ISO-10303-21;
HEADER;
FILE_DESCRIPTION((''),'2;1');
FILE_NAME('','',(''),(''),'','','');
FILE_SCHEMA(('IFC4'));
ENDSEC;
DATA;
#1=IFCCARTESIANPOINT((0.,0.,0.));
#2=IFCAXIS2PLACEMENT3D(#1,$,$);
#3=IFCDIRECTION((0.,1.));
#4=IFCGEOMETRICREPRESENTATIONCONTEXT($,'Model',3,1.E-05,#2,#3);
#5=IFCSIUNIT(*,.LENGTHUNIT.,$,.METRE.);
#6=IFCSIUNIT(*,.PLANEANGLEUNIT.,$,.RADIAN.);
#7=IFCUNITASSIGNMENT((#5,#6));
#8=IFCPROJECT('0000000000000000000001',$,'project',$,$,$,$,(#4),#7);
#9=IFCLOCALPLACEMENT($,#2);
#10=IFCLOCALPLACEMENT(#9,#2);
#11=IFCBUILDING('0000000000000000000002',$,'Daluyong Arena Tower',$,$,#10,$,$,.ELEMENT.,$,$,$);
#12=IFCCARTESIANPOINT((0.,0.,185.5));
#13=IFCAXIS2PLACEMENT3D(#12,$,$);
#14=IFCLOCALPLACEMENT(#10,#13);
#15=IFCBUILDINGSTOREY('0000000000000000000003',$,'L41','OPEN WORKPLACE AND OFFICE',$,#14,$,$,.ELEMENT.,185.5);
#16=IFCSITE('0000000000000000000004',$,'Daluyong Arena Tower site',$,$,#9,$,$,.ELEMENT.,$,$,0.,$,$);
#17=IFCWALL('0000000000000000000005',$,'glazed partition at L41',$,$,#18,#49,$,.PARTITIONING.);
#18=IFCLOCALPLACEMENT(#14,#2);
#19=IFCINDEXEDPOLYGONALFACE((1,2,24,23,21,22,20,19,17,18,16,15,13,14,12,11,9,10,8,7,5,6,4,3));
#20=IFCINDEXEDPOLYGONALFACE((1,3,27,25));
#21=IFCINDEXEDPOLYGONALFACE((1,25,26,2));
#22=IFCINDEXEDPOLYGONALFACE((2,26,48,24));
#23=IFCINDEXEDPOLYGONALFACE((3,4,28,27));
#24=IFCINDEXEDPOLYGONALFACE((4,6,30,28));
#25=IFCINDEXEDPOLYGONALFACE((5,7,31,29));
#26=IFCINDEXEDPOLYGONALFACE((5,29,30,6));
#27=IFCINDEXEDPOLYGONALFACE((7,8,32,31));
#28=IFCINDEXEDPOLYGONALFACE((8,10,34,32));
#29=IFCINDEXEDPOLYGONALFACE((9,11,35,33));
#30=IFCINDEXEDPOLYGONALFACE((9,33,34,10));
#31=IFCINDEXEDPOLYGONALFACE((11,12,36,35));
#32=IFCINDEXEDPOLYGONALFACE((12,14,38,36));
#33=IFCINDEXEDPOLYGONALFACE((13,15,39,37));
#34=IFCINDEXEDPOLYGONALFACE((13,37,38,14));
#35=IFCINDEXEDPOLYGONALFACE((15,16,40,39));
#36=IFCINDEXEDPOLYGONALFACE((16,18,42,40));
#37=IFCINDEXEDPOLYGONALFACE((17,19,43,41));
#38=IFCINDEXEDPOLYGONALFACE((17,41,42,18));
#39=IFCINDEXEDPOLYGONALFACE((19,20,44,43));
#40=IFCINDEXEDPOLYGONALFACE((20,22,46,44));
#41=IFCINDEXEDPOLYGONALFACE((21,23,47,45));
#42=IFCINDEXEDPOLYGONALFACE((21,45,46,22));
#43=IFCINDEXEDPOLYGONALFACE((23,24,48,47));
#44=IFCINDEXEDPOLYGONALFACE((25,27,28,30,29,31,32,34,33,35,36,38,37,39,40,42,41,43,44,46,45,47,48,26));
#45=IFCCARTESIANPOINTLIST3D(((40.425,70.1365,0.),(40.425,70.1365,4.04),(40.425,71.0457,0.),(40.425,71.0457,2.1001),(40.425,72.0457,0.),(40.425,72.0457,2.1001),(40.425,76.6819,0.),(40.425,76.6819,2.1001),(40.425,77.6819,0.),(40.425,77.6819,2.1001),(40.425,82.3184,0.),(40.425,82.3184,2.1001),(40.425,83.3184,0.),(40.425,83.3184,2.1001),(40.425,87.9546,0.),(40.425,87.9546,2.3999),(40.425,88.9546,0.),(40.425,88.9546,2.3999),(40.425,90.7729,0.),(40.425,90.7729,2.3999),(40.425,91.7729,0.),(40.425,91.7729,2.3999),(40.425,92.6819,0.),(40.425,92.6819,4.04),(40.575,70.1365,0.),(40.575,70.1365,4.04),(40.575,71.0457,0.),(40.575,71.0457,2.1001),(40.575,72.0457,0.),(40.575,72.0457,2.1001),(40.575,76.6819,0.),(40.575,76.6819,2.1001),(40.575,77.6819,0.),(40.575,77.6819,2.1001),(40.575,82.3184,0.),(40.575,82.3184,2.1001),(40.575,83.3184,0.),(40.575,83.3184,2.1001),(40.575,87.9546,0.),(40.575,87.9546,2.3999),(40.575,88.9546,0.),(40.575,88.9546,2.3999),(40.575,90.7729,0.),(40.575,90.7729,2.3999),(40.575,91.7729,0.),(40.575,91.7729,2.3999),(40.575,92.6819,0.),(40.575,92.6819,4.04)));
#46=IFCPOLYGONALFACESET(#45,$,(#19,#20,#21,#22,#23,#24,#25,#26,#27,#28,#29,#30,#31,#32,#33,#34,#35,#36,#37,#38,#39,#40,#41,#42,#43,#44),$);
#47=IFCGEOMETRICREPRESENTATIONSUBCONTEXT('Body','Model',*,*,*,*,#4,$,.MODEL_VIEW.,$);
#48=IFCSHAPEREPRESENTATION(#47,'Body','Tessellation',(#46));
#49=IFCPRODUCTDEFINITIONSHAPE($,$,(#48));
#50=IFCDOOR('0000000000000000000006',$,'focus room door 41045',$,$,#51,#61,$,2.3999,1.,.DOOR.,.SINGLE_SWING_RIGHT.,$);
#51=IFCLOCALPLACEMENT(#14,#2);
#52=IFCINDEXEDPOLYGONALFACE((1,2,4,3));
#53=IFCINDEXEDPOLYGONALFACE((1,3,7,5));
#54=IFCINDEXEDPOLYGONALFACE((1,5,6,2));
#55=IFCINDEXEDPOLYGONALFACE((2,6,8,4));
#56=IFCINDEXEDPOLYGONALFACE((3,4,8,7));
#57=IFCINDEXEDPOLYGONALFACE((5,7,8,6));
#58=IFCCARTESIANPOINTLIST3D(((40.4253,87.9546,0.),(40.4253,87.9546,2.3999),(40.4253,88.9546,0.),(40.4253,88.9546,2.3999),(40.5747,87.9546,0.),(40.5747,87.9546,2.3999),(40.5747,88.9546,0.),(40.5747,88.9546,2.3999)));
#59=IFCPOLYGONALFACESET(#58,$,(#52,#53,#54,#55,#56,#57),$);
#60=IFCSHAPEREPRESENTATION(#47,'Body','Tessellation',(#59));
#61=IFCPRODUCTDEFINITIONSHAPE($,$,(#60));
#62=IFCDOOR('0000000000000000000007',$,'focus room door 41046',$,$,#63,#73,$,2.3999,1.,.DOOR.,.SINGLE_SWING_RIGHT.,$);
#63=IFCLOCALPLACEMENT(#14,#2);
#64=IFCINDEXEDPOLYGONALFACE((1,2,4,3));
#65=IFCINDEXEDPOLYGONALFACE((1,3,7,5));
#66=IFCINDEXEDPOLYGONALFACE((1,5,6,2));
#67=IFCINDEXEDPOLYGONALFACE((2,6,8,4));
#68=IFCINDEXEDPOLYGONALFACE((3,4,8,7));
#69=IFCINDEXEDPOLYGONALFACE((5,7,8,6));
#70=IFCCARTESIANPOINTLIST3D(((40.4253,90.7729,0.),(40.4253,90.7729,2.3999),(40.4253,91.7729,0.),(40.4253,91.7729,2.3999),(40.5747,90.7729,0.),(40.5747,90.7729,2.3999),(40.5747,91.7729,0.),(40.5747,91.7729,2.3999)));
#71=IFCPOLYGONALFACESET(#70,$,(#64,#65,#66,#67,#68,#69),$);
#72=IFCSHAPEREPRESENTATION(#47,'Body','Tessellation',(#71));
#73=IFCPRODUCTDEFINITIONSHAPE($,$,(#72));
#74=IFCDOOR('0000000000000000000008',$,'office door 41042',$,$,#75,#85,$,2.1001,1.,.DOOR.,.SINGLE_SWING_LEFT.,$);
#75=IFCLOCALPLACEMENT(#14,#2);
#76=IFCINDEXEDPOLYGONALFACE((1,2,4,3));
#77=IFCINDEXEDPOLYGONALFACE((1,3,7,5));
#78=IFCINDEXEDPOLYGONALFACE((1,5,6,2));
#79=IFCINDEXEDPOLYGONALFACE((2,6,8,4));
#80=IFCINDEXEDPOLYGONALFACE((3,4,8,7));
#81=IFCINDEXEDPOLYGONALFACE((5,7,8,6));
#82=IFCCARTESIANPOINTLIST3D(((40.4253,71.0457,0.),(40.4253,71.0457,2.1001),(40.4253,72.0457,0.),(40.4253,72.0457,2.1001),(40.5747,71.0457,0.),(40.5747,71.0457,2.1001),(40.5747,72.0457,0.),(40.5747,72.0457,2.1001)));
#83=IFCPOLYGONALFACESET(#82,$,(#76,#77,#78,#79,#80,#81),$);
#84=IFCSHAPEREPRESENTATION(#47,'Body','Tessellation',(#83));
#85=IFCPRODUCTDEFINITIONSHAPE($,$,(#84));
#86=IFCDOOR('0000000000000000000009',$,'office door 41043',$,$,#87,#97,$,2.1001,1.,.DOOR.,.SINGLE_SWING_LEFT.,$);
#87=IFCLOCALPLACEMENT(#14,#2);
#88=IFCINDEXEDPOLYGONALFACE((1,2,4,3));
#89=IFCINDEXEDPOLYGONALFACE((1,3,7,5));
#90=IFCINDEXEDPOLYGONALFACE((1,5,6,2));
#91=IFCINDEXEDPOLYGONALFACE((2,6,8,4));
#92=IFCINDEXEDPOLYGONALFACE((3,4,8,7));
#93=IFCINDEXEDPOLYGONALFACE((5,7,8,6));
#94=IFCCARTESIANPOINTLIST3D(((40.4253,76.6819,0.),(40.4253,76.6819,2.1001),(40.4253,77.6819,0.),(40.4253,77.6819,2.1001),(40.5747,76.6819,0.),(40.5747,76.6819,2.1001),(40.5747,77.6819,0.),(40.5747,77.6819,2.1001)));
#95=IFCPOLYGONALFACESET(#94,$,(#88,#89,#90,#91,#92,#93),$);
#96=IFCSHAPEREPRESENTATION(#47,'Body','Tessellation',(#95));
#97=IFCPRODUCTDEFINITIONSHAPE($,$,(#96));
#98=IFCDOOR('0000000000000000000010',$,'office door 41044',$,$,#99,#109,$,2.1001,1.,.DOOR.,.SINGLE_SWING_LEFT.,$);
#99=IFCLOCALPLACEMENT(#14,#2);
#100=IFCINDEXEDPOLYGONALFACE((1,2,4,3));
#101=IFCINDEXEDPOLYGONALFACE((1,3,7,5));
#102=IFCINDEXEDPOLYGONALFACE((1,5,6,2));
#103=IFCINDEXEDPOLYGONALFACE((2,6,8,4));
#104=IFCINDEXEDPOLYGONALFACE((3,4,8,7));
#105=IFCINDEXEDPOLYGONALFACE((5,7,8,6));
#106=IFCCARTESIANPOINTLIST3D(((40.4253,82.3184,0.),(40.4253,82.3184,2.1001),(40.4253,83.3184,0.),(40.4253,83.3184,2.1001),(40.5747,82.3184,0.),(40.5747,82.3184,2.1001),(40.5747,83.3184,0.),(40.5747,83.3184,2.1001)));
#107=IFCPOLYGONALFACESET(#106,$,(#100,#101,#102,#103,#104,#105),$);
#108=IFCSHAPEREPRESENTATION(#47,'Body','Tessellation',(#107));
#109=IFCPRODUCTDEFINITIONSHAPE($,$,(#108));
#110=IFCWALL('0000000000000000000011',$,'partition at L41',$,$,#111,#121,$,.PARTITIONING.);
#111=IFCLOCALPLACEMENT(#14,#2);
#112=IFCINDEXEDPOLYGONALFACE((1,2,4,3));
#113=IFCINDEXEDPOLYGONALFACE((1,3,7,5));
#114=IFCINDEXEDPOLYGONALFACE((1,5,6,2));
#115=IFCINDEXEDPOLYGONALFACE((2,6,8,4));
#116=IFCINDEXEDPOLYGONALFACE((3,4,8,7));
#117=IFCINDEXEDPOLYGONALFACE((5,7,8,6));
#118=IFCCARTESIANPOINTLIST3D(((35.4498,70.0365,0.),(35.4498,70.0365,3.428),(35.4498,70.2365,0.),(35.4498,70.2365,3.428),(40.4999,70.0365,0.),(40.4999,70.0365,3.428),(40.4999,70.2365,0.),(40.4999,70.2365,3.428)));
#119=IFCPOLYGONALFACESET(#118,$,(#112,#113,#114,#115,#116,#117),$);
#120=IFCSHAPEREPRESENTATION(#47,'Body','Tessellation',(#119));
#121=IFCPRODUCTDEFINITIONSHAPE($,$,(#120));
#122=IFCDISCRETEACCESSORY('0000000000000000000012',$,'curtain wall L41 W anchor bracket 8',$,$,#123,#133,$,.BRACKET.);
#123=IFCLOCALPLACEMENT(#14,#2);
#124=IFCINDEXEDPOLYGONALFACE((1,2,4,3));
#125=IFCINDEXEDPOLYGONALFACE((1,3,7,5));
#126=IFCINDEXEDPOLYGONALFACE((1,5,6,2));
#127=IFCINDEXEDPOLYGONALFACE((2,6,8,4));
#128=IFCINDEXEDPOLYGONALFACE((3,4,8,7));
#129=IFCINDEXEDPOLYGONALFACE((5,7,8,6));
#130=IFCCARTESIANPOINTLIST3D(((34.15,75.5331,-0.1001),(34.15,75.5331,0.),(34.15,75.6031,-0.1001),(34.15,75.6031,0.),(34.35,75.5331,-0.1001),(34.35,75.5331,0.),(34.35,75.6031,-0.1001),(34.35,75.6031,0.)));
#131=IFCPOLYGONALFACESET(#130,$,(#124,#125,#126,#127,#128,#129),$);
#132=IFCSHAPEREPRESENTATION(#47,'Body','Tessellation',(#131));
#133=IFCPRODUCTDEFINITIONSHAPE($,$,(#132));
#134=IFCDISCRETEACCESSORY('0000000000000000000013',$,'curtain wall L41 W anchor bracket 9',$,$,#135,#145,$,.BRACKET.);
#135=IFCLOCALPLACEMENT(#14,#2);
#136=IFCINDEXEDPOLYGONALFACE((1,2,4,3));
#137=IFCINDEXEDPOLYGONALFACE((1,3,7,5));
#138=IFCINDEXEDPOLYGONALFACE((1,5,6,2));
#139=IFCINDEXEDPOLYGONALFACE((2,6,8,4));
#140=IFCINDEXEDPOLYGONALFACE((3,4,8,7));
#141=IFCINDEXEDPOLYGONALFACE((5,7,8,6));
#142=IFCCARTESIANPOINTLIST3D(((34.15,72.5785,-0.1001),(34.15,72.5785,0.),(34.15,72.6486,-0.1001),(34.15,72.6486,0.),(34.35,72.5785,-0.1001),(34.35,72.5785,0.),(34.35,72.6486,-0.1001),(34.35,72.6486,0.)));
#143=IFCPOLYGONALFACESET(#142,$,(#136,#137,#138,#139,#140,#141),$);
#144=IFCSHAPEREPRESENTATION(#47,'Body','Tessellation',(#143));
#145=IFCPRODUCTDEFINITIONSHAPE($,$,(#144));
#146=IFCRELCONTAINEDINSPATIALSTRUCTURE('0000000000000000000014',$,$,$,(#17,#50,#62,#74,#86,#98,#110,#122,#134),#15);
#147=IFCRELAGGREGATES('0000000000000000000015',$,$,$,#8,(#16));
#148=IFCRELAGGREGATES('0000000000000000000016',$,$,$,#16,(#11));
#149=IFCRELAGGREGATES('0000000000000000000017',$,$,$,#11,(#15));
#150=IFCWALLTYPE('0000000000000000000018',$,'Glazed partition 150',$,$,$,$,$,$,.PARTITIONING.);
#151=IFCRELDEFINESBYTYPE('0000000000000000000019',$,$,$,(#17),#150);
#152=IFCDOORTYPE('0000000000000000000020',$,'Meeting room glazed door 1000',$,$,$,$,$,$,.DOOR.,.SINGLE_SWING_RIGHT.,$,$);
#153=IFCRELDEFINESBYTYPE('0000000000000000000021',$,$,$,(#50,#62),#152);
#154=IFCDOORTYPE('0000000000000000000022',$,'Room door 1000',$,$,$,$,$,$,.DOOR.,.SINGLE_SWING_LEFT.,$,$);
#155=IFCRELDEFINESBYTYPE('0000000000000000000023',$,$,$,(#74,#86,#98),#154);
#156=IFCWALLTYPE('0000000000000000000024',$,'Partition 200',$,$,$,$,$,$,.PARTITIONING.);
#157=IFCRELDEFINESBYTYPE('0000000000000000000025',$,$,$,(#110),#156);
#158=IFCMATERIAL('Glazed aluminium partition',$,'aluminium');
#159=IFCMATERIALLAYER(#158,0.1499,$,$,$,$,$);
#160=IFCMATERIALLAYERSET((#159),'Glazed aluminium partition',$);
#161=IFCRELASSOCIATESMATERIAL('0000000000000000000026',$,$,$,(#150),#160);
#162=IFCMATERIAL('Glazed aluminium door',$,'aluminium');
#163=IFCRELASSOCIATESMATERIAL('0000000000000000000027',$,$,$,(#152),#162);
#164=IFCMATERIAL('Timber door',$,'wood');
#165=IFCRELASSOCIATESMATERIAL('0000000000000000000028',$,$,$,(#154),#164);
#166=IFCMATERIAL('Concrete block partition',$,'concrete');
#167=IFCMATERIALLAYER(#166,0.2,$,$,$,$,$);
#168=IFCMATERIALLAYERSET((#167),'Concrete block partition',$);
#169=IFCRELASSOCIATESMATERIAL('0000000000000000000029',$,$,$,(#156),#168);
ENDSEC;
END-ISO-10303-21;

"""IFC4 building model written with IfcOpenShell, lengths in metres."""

from ifc_helpers import new_model, si_unit, direction, frame, frame_2d, origin, origin_2d, place, context, subcontext, project, spatial, rectangle, extrude, material, layer, layer_set, type_object, element, fill, save


model = new_model("IFC4")

# Units and contexts
model_context = context("Model", 3, precision=1e-05, world=origin(), true_north=direction((0.0, 1.0)))
body_context = subcontext(model_context, "Body", "Model", "MODEL_VIEW")
ifc_project = project(units=[si_unit("LENGTHUNIT", "METRE"), si_unit("PLANEANGLEUNIT", "RADIAN")], contexts=[model_context])

# Site, building, storey
site_placement = place(None, origin())
site = spatial("IfcSite", under=ifc_project, at=site_placement, Name="Daluyong Arena Tower site", CompositionType="ELEMENT", RefElevation=0.0)
building_placement = place(site_placement, origin())
building = spatial("IfcBuilding", under=site, at=building_placement, Name="Daluyong Arena Tower", CompositionType="ELEMENT")
storey_placement = place(building_placement, frame((0.0, 0.0, 185.5)))
storey = spatial("IfcBuildingStorey", under=building, at=storey_placement, Name="L41", Description="OPEN WORKPLACE AND OFFICE", CompositionType="ELEMENT", Elevation=185.5)

# Wall, openings, doors
ifc_material_1 = material(Name="Glazed aluminium partition", Category="aluminium")
ifc_layer_1 = layer(ifc_material_1, 0.1499)
ifc_layer_set_1 = layer_set([ifc_layer_1], Name="Glazed aluminium partition")
wall_type_1 = type_object("IfcWallType", Name="Glazed partition 150", PredefinedType="PARTITIONING", material=ifc_layer_set_1)
wall_1_placement = place(storey_placement, frame((40.5, 70.1365, 0.0), z_axis=(0.0, 0.0, 1.0), x_axis=(0.0, 1.0, 0.0)))
wall_1 = element("IfcWall", 1, at=wall_1_placement, inside=storey, type_object=wall_type_1, Name="glazed partition at L41", PredefinedType="PARTITIONING", context=body_context, shape_type="SweptSolid", body=[
    extrude(rectangle(XDim=22.5454, YDim=0.1499, at=frame_2d((11.2727, 0.0))), origin(), (0.0, 0.0, 1.0), 4.04),
])
opening_1_placement = place(wall_1_placement, frame((0.9092, 0.0, 0.0)))
opening_1 = element("IfcOpeningElement", 2, at=opening_1_placement, cuts=wall_1, PredefinedType="OPENING", context=body_context, shape_type="SweptSolid", body=[
    extrude(rectangle(XDim=1.0, YDim=2.1001, at=frame_2d((0.5, 1.05))), frame((0.0, 0.085, 0.0), z_axis=(0.0, -1.0, 0.0), x_axis=(1.0, 0.0, 0.0)), (0.0, 0.0, 1.0), 0.1699),
])
opening_2_placement = place(wall_1_placement, frame((6.5454, 0.0, 0.0)))
opening_2 = element("IfcOpeningElement", 3, at=opening_2_placement, cuts=wall_1, PredefinedType="OPENING", context=body_context, shape_type="SweptSolid", body=[
    extrude(rectangle(XDim=1.0, YDim=2.1001, at=frame_2d((0.5, 1.05))), frame((0.0, 0.085, 0.0), z_axis=(0.0, -1.0, 0.0), x_axis=(1.0, 0.0, 0.0)), (0.0, 0.0, 1.0), 0.1699),
])
opening_3_placement = place(wall_1_placement, frame((12.1819, 0.0, 0.0)))
opening_3 = element("IfcOpeningElement", 4, at=opening_3_placement, cuts=wall_1, PredefinedType="OPENING", context=body_context, shape_type="SweptSolid", body=[
    extrude(rectangle(XDim=1.0, YDim=2.1001, at=frame_2d((0.5, 1.05))), frame((0.0, 0.085, 0.0), z_axis=(0.0, -1.0, 0.0), x_axis=(1.0, 0.0, 0.0)), (0.0, 0.0, 1.0), 0.1699),
])
opening_4_placement = place(wall_1_placement, frame((17.8181, 0.0, 0.0)))
opening_4 = element("IfcOpeningElement", 5, at=opening_4_placement, cuts=wall_1, PredefinedType="OPENING", context=body_context, shape_type="SweptSolid", body=[
    extrude(rectangle(XDim=1.0, YDim=2.3999, at=frame_2d((0.5, 1.2))), frame((0.0, 0.085, 0.0), z_axis=(0.0, -1.0, 0.0), x_axis=(1.0, 0.0, 0.0)), (0.0, 0.0, 1.0), 0.1699),
])
opening_5_placement = place(wall_1_placement, frame((20.6365, 0.0, 0.0)))
opening_5 = element("IfcOpeningElement", 6, at=opening_5_placement, cuts=wall_1, PredefinedType="OPENING", context=body_context, shape_type="SweptSolid", body=[
    extrude(rectangle(XDim=1.0, YDim=2.3999, at=frame_2d((0.5, 1.2))), frame((0.0, 0.085, 0.0), z_axis=(0.0, -1.0, 0.0), x_axis=(1.0, 0.0, 0.0)), (0.0, 0.0, 1.0), 0.1699),
])
ifc_material_2 = material(Name="Glazed aluminium door", Category="aluminium")
door_type_1 = type_object("IfcDoorType", Name="Meeting room glazed door 1000", OperationType="SINGLE_SWING_RIGHT", PredefinedType="DOOR", material=ifc_material_2)
door_1_placement = place(opening_4_placement, origin())
door_1 = element("IfcDoor", 7, at=door_1_placement, inside=storey, type_object=door_type_1, Name="focus room door 41045", OperationType="SINGLE_SWING_RIGHT", OverallHeight=2.3999, OverallWidth=1.0, PredefinedType="DOOR", context=body_context, shape_type="SweptSolid", body=[
    extrude(rectangle(XDim=1.0, YDim=2.3999, at=frame_2d((0.5, 1.2))), frame((0.0, 0.0747, 0.0), z_axis=(0.0, -1.0, 0.0), x_axis=(1.0, 0.0, 0.0)), (0.0, 0.0, 1.0), 0.1494),
])
fill(opening_4, door_1)
door_2_placement = place(opening_5_placement, origin())
door_2 = element("IfcDoor", 8, at=door_2_placement, inside=storey, type_object=door_type_1, Name="focus room door 41046", OperationType="SINGLE_SWING_RIGHT", OverallHeight=2.3999, OverallWidth=1.0, PredefinedType="DOOR", context=body_context, shape_type="SweptSolid", body=[
    extrude(rectangle(XDim=1.0, YDim=2.3999, at=frame_2d((0.5, 1.2))), frame((0.0, 0.0747, 0.0), z_axis=(0.0, -1.0, 0.0), x_axis=(1.0, 0.0, 0.0)), (0.0, 0.0, 1.0), 0.1494),
])
fill(opening_5, door_2)
ifc_material_3 = material(Name="Timber door", Category="wood")
door_type_2 = type_object("IfcDoorType", Name="Room door 1000", OperationType="SINGLE_SWING_LEFT", PredefinedType="DOOR", material=ifc_material_3)
door_3_placement = place(opening_1_placement, origin())
door_3 = element("IfcDoor", 9, at=door_3_placement, inside=storey, type_object=door_type_2, Name="office door 41042", OperationType="SINGLE_SWING_LEFT", OverallHeight=2.1001, OverallWidth=1.0, PredefinedType="DOOR", context=body_context, shape_type="SweptSolid", body=[
    extrude(rectangle(XDim=1.0, YDim=2.1001, at=frame_2d((0.5, 1.05))), frame((0.0, 0.0747, 0.0), z_axis=(0.0, -1.0, 0.0), x_axis=(1.0, 0.0, 0.0)), (0.0, 0.0, 1.0), 0.1494),
])
fill(opening_1, door_3)
door_4_placement = place(opening_2_placement, origin())
door_4 = element("IfcDoor", 10, at=door_4_placement, inside=storey, type_object=door_type_2, Name="office door 41043", OperationType="SINGLE_SWING_LEFT", OverallHeight=2.1001, OverallWidth=1.0, PredefinedType="DOOR", context=body_context, shape_type="SweptSolid", body=[
    extrude(rectangle(XDim=1.0, YDim=2.1001, at=frame_2d((0.5, 1.05))), frame((0.0, 0.0747, 0.0), z_axis=(0.0, -1.0, 0.0), x_axis=(1.0, 0.0, 0.0)), (0.0, 0.0, 1.0), 0.1494),
])
fill(opening_2, door_4)
door_5_placement = place(opening_3_placement, origin())
door_5 = element("IfcDoor", 11, at=door_5_placement, inside=storey, type_object=door_type_2, Name="office door 41044", OperationType="SINGLE_SWING_LEFT", OverallHeight=2.1001, OverallWidth=1.0, PredefinedType="DOOR", context=body_context, shape_type="SweptSolid", body=[
    extrude(rectangle(XDim=1.0, YDim=2.1001, at=frame_2d((0.5, 1.05))), frame((0.0, 0.0747, 0.0), z_axis=(0.0, -1.0, 0.0), x_axis=(1.0, 0.0, 0.0)), (0.0, 0.0, 1.0), 0.1494),
])
fill(opening_3, door_5)

# Wall
ifc_material_4 = material(Name="Concrete block partition", Category="concrete")
ifc_layer_2 = layer(ifc_material_4, 0.2)
ifc_layer_set_2 = layer_set([ifc_layer_2], Name="Concrete block partition")
wall_type_2 = type_object("IfcWallType", Name="Partition 200", PredefinedType="PARTITIONING", material=ifc_layer_set_2)
wall_2_placement = place(storey_placement, frame((35.45, 70.1365, 0.0), z_axis=(0.0, 0.0, 1.0), x_axis=(1.0, 0.0, 0.0)))
element("IfcWall", 12, at=wall_2_placement, inside=storey, type_object=wall_type_2, Name="partition at L41", PredefinedType="PARTITIONING", context=body_context, shape_type="SweptSolid", body=[
    extrude(rectangle(XDim=5.05, YDim=0.2, at=frame_2d((2.5249, 0.0))), origin(), (0.0, 0.0, 1.0), 3.428),
])

# Discrete accessories
for number, where, z_axis, x_axis, name in (
    (13, (34.25, 75.5681, -0.1001), (0.0, 0.0, 1.0), (0.0, -1.0, 0.0), "curtain wall L41 W anchor bracket 8"),
    (14, (34.25, 72.6135, -0.1001), (0.0, 0.0, 1.0), (0.0, -1.0, 0.0), "curtain wall L41 W anchor bracket 9"),
):
    element("IfcDiscreteAccessory", number, at=place(storey_placement, frame(where, z_axis=z_axis, x_axis=x_axis)), inside=storey, Name=name, PredefinedType="BRACKET", context=body_context, shape_type="SweptSolid", body=[
        extrude(rectangle(XDim=0.0701, YDim=0.2, at=origin_2d()), origin(), (0.0, 0.0, 1.0), 0.1001),
    ])

save(model, "model.ifc")
